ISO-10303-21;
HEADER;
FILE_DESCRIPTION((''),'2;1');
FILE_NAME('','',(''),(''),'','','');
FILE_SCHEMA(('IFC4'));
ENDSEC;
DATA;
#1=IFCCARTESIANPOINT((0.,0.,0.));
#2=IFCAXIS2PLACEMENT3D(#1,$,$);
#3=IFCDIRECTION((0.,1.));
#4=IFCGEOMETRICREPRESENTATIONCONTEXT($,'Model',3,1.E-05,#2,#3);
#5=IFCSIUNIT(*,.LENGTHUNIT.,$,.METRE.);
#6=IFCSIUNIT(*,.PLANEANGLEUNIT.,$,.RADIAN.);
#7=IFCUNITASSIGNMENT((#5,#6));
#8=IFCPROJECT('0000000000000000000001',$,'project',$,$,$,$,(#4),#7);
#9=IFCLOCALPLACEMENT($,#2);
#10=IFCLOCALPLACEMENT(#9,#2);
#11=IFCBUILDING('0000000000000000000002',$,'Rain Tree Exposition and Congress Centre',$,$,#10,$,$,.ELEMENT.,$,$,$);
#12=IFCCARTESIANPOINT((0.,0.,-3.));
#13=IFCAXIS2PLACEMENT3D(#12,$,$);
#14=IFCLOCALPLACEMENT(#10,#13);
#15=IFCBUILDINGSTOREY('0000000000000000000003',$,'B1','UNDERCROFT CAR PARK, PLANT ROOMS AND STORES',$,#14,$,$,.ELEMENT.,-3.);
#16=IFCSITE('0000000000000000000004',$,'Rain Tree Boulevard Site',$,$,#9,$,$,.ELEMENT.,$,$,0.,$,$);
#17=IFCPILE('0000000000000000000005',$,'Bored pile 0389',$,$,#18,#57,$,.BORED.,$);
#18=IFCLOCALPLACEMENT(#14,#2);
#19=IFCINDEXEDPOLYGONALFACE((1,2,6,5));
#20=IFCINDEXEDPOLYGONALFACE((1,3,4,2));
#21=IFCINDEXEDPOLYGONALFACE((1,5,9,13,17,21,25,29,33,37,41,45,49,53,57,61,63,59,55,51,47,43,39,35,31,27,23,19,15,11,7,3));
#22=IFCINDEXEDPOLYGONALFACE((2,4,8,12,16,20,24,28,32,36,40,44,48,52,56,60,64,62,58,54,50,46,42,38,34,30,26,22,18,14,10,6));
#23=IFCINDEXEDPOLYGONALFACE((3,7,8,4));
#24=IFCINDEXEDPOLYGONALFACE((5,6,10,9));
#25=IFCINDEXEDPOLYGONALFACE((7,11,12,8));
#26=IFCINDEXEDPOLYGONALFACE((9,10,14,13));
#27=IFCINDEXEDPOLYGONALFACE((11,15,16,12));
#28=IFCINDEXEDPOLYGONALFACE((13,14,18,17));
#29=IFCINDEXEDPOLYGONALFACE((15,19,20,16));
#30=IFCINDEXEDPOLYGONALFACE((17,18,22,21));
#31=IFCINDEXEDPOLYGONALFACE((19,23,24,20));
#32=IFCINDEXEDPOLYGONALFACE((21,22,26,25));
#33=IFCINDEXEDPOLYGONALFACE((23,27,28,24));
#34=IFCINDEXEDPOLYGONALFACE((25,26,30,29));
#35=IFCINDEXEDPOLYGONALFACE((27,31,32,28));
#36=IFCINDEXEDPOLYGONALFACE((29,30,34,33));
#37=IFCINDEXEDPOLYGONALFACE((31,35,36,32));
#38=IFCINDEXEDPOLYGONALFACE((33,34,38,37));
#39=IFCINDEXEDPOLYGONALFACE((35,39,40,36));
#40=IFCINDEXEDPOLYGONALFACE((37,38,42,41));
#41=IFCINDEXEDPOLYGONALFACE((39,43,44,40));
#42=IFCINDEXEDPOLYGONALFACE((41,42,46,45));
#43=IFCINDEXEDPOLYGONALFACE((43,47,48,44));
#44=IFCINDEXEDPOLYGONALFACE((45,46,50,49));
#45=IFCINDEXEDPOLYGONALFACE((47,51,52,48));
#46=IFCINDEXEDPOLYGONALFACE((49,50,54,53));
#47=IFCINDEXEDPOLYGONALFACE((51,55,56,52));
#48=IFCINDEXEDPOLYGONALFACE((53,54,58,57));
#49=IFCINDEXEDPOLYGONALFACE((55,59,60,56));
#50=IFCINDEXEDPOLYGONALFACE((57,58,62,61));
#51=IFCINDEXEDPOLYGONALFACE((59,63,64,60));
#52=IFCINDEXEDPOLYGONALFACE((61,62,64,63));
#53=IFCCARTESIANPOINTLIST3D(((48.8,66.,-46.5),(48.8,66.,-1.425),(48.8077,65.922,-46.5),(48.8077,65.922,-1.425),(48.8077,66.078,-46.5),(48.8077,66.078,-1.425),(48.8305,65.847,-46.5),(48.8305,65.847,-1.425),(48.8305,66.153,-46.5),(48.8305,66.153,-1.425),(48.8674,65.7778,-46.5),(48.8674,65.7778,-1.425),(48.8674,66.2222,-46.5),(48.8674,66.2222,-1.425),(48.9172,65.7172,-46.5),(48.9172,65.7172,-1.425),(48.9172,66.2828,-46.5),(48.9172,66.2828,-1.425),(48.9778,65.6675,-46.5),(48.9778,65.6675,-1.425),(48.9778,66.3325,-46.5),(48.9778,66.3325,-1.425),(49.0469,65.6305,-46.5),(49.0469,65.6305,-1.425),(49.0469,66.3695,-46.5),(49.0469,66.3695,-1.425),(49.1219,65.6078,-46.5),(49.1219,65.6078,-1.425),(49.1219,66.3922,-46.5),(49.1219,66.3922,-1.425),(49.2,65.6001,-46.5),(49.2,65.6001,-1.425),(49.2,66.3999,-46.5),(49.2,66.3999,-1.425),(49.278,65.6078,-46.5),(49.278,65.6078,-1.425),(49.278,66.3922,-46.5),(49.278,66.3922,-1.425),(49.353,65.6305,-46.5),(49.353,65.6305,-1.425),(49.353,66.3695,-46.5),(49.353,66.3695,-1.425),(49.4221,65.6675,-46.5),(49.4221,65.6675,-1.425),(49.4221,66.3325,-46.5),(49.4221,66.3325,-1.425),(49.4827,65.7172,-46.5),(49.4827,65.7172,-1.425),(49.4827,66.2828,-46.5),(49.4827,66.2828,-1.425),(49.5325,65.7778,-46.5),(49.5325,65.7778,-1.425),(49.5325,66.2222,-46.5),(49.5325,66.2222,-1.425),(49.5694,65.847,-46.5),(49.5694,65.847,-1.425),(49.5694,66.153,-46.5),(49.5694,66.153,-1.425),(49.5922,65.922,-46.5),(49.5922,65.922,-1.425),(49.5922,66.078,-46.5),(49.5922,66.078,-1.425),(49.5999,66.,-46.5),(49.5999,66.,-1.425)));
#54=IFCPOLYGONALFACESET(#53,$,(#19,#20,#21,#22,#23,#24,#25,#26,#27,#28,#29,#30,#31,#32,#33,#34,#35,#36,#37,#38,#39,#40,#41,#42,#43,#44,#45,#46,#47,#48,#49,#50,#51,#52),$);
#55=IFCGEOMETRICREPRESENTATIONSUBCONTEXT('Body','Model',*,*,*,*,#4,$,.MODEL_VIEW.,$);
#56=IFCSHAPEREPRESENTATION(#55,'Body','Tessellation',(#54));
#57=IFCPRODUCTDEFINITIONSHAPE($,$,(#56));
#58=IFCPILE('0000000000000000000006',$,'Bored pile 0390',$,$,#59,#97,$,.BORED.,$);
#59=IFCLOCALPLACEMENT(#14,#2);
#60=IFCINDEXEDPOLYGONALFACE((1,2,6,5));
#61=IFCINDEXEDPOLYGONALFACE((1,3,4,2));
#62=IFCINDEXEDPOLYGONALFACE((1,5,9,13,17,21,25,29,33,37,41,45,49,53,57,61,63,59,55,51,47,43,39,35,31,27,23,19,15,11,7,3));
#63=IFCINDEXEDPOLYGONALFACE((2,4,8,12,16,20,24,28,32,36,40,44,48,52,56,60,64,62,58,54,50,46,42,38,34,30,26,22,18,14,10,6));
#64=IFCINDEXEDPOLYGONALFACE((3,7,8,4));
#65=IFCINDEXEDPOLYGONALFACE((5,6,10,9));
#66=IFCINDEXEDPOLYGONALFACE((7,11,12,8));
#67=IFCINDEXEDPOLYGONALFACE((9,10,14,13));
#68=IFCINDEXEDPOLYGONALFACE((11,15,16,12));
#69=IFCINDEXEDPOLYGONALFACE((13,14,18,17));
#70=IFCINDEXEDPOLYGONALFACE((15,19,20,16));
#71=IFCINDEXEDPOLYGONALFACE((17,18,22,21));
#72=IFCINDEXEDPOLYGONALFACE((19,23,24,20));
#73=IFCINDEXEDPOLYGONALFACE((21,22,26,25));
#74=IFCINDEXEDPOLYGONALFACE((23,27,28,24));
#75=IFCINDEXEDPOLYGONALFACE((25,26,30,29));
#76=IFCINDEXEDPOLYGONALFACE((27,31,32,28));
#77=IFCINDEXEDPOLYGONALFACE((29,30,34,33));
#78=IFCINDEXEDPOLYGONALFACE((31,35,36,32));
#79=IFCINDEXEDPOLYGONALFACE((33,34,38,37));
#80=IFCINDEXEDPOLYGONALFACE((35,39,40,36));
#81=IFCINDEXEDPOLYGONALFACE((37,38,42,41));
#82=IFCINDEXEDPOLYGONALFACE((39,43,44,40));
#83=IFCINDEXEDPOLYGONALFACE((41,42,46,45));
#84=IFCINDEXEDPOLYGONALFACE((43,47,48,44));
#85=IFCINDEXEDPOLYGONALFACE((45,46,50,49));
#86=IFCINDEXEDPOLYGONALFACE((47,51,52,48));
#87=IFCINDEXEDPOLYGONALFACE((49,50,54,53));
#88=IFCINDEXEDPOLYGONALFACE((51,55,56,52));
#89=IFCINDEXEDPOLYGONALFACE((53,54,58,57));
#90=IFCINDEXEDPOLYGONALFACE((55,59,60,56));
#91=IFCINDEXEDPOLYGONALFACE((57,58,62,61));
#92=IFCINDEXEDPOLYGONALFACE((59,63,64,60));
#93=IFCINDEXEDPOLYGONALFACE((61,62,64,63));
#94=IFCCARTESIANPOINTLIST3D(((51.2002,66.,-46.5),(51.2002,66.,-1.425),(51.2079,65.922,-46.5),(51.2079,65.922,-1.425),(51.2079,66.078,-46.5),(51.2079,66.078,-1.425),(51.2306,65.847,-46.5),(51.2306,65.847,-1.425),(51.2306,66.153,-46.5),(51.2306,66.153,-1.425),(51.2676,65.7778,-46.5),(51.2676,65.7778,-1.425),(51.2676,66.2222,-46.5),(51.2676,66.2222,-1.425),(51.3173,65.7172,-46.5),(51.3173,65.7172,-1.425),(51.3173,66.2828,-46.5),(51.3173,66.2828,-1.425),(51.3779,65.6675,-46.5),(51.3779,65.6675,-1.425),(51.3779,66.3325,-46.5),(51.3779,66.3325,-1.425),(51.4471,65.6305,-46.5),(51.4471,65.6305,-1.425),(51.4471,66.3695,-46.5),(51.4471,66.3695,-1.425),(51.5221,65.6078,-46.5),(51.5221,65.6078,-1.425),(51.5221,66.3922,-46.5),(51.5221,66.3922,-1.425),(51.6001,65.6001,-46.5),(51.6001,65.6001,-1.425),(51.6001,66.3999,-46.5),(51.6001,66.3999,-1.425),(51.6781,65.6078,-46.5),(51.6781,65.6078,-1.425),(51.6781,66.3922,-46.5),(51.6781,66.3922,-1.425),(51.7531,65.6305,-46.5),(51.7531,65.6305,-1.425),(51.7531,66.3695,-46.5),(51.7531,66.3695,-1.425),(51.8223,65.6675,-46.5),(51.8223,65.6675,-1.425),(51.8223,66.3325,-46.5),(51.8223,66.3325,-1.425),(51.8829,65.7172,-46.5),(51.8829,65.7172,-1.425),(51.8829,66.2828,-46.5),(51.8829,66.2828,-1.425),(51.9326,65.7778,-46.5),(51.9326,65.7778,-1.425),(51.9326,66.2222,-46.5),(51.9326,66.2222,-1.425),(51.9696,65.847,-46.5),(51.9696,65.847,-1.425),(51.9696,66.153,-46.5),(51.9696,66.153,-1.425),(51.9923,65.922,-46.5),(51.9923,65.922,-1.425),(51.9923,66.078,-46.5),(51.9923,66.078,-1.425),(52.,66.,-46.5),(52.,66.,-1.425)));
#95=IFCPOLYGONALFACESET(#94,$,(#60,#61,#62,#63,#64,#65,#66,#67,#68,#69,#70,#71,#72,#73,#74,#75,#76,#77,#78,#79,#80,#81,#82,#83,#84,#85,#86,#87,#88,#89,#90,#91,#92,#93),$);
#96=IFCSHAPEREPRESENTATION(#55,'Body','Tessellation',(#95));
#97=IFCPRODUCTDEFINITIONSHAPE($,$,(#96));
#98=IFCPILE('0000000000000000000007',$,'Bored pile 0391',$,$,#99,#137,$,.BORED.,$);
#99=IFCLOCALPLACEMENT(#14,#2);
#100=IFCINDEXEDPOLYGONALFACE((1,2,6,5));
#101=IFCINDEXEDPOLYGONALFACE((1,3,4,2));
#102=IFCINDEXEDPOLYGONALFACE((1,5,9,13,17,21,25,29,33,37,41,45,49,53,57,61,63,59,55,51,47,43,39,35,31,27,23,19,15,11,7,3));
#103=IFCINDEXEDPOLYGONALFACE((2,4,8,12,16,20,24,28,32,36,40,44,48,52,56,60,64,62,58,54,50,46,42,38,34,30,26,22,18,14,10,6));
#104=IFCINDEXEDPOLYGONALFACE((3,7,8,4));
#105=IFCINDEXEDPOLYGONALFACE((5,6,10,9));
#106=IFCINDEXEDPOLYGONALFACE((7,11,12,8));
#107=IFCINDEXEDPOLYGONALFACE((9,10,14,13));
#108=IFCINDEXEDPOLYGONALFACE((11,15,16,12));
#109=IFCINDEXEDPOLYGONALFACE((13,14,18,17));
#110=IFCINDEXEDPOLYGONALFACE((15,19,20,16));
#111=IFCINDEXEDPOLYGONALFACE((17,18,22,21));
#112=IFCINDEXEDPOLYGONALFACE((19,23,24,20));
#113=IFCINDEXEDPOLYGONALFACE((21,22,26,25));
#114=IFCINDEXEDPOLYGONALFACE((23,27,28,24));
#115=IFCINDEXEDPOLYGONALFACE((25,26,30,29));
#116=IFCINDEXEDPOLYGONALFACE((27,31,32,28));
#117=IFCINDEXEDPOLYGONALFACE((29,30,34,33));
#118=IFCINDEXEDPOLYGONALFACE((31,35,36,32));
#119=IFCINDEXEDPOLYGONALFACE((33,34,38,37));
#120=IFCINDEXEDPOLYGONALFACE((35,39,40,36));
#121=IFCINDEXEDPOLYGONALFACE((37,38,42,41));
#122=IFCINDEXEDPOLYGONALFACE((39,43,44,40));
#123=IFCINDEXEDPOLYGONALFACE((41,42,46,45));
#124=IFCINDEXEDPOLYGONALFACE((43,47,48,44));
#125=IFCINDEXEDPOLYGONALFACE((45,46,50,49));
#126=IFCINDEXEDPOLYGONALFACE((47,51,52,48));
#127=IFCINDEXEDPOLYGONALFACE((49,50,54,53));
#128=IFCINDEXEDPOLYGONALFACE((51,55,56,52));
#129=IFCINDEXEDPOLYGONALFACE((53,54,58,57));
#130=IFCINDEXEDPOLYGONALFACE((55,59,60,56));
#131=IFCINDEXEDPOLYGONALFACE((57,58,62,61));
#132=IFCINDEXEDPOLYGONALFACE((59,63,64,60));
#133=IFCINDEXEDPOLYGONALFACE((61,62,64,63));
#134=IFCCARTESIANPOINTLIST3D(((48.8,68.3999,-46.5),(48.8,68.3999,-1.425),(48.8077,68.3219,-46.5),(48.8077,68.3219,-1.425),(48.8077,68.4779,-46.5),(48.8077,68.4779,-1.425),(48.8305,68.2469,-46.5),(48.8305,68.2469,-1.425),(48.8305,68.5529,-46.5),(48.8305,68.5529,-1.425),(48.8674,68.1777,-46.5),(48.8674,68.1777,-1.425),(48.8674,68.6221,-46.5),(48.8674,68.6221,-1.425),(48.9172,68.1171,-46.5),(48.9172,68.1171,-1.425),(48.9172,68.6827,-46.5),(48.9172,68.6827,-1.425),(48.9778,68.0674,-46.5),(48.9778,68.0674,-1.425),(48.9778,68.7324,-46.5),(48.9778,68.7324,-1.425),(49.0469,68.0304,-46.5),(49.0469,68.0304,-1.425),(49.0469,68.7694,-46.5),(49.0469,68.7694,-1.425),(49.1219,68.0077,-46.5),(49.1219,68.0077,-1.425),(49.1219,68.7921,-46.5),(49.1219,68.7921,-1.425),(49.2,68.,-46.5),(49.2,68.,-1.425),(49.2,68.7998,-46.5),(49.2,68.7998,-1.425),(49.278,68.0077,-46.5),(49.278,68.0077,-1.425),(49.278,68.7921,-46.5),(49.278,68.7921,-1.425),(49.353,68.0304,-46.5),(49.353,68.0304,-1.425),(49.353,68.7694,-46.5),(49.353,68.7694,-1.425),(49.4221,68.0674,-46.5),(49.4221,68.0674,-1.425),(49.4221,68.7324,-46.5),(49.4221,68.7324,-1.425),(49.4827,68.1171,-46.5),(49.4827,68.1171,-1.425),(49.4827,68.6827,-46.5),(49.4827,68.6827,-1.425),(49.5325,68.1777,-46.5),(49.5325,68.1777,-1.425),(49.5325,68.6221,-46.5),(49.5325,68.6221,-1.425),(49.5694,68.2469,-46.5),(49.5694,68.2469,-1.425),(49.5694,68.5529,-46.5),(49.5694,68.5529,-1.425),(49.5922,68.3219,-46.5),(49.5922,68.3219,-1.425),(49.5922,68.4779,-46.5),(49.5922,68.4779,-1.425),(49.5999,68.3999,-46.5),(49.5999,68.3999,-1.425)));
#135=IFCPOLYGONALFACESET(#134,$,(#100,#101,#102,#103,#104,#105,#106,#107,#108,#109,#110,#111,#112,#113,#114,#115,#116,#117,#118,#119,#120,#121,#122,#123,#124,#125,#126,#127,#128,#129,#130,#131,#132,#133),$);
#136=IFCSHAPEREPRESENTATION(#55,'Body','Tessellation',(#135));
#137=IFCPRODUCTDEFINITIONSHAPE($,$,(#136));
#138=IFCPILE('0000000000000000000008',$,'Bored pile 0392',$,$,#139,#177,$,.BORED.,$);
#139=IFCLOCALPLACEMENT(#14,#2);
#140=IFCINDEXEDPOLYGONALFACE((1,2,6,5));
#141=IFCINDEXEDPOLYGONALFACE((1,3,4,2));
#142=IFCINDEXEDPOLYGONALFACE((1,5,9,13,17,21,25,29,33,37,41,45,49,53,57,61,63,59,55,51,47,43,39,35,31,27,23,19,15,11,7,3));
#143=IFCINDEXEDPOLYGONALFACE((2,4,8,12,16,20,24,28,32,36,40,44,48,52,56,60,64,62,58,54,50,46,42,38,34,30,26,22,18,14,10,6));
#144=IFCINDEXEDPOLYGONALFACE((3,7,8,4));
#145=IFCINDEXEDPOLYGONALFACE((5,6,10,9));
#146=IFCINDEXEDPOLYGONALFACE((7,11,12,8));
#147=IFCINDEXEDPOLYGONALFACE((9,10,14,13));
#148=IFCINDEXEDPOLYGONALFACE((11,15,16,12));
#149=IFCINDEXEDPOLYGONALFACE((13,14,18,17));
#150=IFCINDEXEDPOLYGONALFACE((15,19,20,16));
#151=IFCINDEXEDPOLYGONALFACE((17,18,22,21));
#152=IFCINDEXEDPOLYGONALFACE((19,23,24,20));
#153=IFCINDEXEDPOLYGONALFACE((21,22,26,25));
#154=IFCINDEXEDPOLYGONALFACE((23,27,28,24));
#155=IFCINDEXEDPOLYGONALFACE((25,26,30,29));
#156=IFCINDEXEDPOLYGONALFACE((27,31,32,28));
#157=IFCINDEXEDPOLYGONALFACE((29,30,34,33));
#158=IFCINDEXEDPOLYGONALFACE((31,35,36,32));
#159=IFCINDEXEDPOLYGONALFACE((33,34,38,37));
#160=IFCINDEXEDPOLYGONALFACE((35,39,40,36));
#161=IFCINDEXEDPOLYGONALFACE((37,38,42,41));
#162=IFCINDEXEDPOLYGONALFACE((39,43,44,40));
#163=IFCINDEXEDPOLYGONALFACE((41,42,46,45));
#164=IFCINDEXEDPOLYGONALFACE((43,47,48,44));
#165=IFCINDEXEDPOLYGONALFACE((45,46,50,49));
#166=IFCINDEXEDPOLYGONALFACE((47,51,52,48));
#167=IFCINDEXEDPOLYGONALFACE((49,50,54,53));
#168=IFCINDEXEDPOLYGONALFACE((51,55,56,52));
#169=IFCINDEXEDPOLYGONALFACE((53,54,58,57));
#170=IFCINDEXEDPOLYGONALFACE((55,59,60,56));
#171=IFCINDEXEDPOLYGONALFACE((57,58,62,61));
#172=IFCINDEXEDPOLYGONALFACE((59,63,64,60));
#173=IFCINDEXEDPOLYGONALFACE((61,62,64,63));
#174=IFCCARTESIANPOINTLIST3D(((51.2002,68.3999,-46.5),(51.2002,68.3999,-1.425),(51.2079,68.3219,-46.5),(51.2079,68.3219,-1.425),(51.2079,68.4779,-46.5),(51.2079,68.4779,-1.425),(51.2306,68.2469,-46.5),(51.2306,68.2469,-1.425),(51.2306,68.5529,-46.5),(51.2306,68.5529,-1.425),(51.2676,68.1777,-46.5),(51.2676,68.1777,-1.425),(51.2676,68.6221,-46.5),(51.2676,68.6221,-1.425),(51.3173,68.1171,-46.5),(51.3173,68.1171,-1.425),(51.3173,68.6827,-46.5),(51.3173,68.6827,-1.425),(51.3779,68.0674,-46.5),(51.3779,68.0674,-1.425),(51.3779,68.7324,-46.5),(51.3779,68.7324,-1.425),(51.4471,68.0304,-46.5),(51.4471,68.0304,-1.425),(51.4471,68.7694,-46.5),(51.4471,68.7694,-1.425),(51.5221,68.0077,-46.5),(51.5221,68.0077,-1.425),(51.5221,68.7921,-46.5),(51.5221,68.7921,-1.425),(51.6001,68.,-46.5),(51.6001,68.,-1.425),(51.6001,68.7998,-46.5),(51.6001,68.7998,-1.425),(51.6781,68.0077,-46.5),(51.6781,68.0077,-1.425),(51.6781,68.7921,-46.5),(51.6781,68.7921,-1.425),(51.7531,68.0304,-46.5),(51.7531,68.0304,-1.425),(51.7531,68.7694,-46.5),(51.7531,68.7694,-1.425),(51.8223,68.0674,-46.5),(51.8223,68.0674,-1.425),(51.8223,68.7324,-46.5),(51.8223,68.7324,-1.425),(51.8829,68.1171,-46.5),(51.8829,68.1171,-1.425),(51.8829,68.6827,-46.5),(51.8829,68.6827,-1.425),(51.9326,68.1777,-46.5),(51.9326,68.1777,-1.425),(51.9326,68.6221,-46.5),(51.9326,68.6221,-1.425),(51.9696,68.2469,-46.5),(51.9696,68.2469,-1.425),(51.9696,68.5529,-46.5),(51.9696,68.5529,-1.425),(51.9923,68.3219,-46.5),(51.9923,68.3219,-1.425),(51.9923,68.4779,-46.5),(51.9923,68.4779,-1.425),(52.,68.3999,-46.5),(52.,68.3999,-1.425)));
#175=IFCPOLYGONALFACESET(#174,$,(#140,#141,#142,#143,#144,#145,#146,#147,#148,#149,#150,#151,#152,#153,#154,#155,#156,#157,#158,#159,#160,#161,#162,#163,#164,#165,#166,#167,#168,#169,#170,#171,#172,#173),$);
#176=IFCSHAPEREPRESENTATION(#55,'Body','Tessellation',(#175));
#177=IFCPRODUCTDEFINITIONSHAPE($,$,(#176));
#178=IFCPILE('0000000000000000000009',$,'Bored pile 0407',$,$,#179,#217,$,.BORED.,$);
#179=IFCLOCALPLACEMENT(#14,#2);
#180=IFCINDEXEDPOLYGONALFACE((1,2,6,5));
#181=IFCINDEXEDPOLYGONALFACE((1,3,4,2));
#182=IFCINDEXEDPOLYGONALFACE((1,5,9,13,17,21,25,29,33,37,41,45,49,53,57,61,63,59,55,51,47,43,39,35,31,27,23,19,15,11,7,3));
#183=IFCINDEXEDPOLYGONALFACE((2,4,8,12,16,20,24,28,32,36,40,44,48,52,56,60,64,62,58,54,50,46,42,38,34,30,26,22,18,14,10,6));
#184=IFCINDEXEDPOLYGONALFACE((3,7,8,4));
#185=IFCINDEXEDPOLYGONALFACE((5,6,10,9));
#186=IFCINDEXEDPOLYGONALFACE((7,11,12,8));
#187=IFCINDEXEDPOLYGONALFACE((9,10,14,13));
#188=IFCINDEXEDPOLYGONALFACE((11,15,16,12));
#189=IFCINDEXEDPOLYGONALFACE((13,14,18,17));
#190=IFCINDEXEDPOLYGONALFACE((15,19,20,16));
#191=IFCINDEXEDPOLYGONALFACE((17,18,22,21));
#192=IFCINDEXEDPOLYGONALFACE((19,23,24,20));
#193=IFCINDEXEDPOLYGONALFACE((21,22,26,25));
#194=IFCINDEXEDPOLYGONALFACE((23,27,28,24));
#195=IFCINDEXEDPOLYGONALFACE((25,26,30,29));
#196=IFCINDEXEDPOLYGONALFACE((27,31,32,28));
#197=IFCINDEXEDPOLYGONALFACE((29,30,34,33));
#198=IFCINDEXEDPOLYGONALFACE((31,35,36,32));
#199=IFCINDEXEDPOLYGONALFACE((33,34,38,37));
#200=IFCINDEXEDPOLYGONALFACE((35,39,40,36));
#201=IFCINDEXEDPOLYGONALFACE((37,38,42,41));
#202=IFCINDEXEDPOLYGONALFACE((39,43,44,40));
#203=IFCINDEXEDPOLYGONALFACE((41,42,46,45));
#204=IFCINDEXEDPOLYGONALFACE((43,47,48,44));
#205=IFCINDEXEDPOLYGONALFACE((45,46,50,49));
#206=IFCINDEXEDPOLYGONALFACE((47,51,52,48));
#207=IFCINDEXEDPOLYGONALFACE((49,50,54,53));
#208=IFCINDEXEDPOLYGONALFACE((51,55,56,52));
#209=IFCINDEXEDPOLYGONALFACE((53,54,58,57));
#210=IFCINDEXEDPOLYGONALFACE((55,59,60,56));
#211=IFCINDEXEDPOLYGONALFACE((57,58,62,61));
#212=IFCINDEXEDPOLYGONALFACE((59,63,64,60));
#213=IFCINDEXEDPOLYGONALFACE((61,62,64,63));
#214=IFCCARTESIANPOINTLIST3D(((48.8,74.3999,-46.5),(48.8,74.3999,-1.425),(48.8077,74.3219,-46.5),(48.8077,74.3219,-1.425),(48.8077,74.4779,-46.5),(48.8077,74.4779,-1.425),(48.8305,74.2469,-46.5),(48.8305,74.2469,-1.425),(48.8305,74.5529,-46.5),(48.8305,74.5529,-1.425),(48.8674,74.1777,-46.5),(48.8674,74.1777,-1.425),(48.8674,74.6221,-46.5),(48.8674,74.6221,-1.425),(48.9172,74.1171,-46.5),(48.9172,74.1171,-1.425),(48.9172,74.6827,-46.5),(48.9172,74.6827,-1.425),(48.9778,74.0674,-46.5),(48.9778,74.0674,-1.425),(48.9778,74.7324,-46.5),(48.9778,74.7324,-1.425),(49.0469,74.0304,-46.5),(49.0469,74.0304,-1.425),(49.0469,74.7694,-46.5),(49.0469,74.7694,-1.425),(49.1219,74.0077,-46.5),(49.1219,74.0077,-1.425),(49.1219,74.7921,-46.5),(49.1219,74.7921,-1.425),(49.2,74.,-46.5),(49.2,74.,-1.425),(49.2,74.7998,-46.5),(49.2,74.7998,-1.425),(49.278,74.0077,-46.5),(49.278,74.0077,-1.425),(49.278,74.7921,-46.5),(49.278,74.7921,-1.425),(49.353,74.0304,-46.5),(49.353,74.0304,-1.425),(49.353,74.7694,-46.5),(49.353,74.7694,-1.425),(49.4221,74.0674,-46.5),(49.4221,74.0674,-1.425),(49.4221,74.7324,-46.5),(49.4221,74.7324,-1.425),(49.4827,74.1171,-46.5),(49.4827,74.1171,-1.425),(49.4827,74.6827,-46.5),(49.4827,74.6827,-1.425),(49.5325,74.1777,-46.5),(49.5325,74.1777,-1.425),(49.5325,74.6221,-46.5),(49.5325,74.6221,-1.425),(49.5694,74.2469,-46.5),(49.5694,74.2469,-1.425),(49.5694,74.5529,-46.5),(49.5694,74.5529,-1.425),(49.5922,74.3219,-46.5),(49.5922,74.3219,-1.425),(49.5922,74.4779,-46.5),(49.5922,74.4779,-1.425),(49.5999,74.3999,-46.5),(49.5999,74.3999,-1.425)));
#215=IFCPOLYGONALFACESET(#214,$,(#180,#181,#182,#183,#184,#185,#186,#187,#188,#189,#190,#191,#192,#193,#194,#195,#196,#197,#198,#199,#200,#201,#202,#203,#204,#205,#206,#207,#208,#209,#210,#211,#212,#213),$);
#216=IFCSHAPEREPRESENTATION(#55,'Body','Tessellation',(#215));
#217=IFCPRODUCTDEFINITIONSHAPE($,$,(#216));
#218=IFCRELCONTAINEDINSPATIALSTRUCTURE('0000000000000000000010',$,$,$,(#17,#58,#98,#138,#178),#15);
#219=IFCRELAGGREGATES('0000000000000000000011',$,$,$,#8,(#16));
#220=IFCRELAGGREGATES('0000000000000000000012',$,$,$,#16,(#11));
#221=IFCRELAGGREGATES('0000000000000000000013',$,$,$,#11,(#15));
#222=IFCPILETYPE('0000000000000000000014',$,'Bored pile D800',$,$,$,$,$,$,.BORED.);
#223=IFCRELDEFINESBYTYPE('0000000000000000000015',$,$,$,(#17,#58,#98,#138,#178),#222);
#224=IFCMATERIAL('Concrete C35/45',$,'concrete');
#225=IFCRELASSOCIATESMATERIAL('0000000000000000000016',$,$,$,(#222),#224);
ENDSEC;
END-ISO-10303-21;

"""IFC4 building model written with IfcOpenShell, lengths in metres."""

from ifc_helpers import new_model, si_unit, direction, frame, origin, origin_2d, place, context, subcontext, project, spatial, circle, extrude, material, material_profile, profile_set, type_object, element, save


model = new_model("IFC4")

# Units and contexts
model_context = context("Model", 3, precision=1e-05, world=origin(), true_north=direction((0.0, 1.0)))
body_context = subcontext(model_context, "Body", "Model", "MODEL_VIEW")
ifc_project = project(units=[si_unit("LENGTHUNIT", "METRE"), si_unit("PLANEANGLEUNIT", "RADIAN")], contexts=[model_context])

# Site, building, storey
site_placement = place(None, origin())
site = spatial("IfcSite", under=ifc_project, at=site_placement, Name="Rain Tree Boulevard Site", CompositionType="ELEMENT", RefElevation=0.0)
building_placement = place(site_placement, origin())
building = spatial("IfcBuilding", under=site, at=building_placement, Name="Rain Tree Exposition and Congress Centre", CompositionType="ELEMENT")
storey_placement = place(building_placement, frame((0.0, 0.0, -3.0)))
storey = spatial("IfcBuildingStorey", under=building, at=storey_placement, Name="B1", Description="UNDERCROFT CAR PARK, PLANT ROOMS AND STORES", CompositionType="ELEMENT", Elevation=-3.0)

# Piles
ifc_material_1 = material(Name="Concrete C35/45", Category="concrete")
ifc_material_profile_1 = material_profile(ifc_material_1, circle(Radius=0.3999, at=origin_2d()), Name="D800")
ifc_profile_set_1 = profile_set([ifc_material_profile_1], Name="Concrete C35/45")
pile_type = type_object("IfcPileType", Name="Bored pile D800", PredefinedType="BORED", material=ifc_profile_set_1)
for number, where, z_axis, x_axis, name in (
    (1, (49.2, 66.0, -1.425), (0.0, 0.0, -1.0), (1.0, 0.0, 0.0), "Bored pile 0389"),
    (2, (51.6001, 66.0, -1.425), (0.0, 0.0, -1.0), (1.0, 0.0, 0.0), "Bored pile 0390"),
    (3, (49.2, 68.3999, -1.425), (0.0, 0.0, -1.0), (1.0, 0.0, 0.0), "Bored pile 0391"),
    (4, (51.6001, 68.3999, -1.425), (0.0, 0.0, -1.0), (1.0, 0.0, 0.0), "Bored pile 0392"),
    (5, (49.2, 74.3999, -1.425), (0.0, 0.0, -1.0), (1.0, 0.0, 0.0), "Bored pile 0407"),
):
    element("IfcPile", number, at=place(storey_placement, frame(where, z_axis=z_axis, x_axis=x_axis)), inside=storey, type_object=pile_type, Name=name, PredefinedType="BORED", context=body_context, shape_type="SweptSolid", body=[
        extrude(circle(Radius=0.3999, at=origin_2d()), origin(), (0.0, 0.0, 1.0), 45.075),
    ])

save(model, "model.ifc")
